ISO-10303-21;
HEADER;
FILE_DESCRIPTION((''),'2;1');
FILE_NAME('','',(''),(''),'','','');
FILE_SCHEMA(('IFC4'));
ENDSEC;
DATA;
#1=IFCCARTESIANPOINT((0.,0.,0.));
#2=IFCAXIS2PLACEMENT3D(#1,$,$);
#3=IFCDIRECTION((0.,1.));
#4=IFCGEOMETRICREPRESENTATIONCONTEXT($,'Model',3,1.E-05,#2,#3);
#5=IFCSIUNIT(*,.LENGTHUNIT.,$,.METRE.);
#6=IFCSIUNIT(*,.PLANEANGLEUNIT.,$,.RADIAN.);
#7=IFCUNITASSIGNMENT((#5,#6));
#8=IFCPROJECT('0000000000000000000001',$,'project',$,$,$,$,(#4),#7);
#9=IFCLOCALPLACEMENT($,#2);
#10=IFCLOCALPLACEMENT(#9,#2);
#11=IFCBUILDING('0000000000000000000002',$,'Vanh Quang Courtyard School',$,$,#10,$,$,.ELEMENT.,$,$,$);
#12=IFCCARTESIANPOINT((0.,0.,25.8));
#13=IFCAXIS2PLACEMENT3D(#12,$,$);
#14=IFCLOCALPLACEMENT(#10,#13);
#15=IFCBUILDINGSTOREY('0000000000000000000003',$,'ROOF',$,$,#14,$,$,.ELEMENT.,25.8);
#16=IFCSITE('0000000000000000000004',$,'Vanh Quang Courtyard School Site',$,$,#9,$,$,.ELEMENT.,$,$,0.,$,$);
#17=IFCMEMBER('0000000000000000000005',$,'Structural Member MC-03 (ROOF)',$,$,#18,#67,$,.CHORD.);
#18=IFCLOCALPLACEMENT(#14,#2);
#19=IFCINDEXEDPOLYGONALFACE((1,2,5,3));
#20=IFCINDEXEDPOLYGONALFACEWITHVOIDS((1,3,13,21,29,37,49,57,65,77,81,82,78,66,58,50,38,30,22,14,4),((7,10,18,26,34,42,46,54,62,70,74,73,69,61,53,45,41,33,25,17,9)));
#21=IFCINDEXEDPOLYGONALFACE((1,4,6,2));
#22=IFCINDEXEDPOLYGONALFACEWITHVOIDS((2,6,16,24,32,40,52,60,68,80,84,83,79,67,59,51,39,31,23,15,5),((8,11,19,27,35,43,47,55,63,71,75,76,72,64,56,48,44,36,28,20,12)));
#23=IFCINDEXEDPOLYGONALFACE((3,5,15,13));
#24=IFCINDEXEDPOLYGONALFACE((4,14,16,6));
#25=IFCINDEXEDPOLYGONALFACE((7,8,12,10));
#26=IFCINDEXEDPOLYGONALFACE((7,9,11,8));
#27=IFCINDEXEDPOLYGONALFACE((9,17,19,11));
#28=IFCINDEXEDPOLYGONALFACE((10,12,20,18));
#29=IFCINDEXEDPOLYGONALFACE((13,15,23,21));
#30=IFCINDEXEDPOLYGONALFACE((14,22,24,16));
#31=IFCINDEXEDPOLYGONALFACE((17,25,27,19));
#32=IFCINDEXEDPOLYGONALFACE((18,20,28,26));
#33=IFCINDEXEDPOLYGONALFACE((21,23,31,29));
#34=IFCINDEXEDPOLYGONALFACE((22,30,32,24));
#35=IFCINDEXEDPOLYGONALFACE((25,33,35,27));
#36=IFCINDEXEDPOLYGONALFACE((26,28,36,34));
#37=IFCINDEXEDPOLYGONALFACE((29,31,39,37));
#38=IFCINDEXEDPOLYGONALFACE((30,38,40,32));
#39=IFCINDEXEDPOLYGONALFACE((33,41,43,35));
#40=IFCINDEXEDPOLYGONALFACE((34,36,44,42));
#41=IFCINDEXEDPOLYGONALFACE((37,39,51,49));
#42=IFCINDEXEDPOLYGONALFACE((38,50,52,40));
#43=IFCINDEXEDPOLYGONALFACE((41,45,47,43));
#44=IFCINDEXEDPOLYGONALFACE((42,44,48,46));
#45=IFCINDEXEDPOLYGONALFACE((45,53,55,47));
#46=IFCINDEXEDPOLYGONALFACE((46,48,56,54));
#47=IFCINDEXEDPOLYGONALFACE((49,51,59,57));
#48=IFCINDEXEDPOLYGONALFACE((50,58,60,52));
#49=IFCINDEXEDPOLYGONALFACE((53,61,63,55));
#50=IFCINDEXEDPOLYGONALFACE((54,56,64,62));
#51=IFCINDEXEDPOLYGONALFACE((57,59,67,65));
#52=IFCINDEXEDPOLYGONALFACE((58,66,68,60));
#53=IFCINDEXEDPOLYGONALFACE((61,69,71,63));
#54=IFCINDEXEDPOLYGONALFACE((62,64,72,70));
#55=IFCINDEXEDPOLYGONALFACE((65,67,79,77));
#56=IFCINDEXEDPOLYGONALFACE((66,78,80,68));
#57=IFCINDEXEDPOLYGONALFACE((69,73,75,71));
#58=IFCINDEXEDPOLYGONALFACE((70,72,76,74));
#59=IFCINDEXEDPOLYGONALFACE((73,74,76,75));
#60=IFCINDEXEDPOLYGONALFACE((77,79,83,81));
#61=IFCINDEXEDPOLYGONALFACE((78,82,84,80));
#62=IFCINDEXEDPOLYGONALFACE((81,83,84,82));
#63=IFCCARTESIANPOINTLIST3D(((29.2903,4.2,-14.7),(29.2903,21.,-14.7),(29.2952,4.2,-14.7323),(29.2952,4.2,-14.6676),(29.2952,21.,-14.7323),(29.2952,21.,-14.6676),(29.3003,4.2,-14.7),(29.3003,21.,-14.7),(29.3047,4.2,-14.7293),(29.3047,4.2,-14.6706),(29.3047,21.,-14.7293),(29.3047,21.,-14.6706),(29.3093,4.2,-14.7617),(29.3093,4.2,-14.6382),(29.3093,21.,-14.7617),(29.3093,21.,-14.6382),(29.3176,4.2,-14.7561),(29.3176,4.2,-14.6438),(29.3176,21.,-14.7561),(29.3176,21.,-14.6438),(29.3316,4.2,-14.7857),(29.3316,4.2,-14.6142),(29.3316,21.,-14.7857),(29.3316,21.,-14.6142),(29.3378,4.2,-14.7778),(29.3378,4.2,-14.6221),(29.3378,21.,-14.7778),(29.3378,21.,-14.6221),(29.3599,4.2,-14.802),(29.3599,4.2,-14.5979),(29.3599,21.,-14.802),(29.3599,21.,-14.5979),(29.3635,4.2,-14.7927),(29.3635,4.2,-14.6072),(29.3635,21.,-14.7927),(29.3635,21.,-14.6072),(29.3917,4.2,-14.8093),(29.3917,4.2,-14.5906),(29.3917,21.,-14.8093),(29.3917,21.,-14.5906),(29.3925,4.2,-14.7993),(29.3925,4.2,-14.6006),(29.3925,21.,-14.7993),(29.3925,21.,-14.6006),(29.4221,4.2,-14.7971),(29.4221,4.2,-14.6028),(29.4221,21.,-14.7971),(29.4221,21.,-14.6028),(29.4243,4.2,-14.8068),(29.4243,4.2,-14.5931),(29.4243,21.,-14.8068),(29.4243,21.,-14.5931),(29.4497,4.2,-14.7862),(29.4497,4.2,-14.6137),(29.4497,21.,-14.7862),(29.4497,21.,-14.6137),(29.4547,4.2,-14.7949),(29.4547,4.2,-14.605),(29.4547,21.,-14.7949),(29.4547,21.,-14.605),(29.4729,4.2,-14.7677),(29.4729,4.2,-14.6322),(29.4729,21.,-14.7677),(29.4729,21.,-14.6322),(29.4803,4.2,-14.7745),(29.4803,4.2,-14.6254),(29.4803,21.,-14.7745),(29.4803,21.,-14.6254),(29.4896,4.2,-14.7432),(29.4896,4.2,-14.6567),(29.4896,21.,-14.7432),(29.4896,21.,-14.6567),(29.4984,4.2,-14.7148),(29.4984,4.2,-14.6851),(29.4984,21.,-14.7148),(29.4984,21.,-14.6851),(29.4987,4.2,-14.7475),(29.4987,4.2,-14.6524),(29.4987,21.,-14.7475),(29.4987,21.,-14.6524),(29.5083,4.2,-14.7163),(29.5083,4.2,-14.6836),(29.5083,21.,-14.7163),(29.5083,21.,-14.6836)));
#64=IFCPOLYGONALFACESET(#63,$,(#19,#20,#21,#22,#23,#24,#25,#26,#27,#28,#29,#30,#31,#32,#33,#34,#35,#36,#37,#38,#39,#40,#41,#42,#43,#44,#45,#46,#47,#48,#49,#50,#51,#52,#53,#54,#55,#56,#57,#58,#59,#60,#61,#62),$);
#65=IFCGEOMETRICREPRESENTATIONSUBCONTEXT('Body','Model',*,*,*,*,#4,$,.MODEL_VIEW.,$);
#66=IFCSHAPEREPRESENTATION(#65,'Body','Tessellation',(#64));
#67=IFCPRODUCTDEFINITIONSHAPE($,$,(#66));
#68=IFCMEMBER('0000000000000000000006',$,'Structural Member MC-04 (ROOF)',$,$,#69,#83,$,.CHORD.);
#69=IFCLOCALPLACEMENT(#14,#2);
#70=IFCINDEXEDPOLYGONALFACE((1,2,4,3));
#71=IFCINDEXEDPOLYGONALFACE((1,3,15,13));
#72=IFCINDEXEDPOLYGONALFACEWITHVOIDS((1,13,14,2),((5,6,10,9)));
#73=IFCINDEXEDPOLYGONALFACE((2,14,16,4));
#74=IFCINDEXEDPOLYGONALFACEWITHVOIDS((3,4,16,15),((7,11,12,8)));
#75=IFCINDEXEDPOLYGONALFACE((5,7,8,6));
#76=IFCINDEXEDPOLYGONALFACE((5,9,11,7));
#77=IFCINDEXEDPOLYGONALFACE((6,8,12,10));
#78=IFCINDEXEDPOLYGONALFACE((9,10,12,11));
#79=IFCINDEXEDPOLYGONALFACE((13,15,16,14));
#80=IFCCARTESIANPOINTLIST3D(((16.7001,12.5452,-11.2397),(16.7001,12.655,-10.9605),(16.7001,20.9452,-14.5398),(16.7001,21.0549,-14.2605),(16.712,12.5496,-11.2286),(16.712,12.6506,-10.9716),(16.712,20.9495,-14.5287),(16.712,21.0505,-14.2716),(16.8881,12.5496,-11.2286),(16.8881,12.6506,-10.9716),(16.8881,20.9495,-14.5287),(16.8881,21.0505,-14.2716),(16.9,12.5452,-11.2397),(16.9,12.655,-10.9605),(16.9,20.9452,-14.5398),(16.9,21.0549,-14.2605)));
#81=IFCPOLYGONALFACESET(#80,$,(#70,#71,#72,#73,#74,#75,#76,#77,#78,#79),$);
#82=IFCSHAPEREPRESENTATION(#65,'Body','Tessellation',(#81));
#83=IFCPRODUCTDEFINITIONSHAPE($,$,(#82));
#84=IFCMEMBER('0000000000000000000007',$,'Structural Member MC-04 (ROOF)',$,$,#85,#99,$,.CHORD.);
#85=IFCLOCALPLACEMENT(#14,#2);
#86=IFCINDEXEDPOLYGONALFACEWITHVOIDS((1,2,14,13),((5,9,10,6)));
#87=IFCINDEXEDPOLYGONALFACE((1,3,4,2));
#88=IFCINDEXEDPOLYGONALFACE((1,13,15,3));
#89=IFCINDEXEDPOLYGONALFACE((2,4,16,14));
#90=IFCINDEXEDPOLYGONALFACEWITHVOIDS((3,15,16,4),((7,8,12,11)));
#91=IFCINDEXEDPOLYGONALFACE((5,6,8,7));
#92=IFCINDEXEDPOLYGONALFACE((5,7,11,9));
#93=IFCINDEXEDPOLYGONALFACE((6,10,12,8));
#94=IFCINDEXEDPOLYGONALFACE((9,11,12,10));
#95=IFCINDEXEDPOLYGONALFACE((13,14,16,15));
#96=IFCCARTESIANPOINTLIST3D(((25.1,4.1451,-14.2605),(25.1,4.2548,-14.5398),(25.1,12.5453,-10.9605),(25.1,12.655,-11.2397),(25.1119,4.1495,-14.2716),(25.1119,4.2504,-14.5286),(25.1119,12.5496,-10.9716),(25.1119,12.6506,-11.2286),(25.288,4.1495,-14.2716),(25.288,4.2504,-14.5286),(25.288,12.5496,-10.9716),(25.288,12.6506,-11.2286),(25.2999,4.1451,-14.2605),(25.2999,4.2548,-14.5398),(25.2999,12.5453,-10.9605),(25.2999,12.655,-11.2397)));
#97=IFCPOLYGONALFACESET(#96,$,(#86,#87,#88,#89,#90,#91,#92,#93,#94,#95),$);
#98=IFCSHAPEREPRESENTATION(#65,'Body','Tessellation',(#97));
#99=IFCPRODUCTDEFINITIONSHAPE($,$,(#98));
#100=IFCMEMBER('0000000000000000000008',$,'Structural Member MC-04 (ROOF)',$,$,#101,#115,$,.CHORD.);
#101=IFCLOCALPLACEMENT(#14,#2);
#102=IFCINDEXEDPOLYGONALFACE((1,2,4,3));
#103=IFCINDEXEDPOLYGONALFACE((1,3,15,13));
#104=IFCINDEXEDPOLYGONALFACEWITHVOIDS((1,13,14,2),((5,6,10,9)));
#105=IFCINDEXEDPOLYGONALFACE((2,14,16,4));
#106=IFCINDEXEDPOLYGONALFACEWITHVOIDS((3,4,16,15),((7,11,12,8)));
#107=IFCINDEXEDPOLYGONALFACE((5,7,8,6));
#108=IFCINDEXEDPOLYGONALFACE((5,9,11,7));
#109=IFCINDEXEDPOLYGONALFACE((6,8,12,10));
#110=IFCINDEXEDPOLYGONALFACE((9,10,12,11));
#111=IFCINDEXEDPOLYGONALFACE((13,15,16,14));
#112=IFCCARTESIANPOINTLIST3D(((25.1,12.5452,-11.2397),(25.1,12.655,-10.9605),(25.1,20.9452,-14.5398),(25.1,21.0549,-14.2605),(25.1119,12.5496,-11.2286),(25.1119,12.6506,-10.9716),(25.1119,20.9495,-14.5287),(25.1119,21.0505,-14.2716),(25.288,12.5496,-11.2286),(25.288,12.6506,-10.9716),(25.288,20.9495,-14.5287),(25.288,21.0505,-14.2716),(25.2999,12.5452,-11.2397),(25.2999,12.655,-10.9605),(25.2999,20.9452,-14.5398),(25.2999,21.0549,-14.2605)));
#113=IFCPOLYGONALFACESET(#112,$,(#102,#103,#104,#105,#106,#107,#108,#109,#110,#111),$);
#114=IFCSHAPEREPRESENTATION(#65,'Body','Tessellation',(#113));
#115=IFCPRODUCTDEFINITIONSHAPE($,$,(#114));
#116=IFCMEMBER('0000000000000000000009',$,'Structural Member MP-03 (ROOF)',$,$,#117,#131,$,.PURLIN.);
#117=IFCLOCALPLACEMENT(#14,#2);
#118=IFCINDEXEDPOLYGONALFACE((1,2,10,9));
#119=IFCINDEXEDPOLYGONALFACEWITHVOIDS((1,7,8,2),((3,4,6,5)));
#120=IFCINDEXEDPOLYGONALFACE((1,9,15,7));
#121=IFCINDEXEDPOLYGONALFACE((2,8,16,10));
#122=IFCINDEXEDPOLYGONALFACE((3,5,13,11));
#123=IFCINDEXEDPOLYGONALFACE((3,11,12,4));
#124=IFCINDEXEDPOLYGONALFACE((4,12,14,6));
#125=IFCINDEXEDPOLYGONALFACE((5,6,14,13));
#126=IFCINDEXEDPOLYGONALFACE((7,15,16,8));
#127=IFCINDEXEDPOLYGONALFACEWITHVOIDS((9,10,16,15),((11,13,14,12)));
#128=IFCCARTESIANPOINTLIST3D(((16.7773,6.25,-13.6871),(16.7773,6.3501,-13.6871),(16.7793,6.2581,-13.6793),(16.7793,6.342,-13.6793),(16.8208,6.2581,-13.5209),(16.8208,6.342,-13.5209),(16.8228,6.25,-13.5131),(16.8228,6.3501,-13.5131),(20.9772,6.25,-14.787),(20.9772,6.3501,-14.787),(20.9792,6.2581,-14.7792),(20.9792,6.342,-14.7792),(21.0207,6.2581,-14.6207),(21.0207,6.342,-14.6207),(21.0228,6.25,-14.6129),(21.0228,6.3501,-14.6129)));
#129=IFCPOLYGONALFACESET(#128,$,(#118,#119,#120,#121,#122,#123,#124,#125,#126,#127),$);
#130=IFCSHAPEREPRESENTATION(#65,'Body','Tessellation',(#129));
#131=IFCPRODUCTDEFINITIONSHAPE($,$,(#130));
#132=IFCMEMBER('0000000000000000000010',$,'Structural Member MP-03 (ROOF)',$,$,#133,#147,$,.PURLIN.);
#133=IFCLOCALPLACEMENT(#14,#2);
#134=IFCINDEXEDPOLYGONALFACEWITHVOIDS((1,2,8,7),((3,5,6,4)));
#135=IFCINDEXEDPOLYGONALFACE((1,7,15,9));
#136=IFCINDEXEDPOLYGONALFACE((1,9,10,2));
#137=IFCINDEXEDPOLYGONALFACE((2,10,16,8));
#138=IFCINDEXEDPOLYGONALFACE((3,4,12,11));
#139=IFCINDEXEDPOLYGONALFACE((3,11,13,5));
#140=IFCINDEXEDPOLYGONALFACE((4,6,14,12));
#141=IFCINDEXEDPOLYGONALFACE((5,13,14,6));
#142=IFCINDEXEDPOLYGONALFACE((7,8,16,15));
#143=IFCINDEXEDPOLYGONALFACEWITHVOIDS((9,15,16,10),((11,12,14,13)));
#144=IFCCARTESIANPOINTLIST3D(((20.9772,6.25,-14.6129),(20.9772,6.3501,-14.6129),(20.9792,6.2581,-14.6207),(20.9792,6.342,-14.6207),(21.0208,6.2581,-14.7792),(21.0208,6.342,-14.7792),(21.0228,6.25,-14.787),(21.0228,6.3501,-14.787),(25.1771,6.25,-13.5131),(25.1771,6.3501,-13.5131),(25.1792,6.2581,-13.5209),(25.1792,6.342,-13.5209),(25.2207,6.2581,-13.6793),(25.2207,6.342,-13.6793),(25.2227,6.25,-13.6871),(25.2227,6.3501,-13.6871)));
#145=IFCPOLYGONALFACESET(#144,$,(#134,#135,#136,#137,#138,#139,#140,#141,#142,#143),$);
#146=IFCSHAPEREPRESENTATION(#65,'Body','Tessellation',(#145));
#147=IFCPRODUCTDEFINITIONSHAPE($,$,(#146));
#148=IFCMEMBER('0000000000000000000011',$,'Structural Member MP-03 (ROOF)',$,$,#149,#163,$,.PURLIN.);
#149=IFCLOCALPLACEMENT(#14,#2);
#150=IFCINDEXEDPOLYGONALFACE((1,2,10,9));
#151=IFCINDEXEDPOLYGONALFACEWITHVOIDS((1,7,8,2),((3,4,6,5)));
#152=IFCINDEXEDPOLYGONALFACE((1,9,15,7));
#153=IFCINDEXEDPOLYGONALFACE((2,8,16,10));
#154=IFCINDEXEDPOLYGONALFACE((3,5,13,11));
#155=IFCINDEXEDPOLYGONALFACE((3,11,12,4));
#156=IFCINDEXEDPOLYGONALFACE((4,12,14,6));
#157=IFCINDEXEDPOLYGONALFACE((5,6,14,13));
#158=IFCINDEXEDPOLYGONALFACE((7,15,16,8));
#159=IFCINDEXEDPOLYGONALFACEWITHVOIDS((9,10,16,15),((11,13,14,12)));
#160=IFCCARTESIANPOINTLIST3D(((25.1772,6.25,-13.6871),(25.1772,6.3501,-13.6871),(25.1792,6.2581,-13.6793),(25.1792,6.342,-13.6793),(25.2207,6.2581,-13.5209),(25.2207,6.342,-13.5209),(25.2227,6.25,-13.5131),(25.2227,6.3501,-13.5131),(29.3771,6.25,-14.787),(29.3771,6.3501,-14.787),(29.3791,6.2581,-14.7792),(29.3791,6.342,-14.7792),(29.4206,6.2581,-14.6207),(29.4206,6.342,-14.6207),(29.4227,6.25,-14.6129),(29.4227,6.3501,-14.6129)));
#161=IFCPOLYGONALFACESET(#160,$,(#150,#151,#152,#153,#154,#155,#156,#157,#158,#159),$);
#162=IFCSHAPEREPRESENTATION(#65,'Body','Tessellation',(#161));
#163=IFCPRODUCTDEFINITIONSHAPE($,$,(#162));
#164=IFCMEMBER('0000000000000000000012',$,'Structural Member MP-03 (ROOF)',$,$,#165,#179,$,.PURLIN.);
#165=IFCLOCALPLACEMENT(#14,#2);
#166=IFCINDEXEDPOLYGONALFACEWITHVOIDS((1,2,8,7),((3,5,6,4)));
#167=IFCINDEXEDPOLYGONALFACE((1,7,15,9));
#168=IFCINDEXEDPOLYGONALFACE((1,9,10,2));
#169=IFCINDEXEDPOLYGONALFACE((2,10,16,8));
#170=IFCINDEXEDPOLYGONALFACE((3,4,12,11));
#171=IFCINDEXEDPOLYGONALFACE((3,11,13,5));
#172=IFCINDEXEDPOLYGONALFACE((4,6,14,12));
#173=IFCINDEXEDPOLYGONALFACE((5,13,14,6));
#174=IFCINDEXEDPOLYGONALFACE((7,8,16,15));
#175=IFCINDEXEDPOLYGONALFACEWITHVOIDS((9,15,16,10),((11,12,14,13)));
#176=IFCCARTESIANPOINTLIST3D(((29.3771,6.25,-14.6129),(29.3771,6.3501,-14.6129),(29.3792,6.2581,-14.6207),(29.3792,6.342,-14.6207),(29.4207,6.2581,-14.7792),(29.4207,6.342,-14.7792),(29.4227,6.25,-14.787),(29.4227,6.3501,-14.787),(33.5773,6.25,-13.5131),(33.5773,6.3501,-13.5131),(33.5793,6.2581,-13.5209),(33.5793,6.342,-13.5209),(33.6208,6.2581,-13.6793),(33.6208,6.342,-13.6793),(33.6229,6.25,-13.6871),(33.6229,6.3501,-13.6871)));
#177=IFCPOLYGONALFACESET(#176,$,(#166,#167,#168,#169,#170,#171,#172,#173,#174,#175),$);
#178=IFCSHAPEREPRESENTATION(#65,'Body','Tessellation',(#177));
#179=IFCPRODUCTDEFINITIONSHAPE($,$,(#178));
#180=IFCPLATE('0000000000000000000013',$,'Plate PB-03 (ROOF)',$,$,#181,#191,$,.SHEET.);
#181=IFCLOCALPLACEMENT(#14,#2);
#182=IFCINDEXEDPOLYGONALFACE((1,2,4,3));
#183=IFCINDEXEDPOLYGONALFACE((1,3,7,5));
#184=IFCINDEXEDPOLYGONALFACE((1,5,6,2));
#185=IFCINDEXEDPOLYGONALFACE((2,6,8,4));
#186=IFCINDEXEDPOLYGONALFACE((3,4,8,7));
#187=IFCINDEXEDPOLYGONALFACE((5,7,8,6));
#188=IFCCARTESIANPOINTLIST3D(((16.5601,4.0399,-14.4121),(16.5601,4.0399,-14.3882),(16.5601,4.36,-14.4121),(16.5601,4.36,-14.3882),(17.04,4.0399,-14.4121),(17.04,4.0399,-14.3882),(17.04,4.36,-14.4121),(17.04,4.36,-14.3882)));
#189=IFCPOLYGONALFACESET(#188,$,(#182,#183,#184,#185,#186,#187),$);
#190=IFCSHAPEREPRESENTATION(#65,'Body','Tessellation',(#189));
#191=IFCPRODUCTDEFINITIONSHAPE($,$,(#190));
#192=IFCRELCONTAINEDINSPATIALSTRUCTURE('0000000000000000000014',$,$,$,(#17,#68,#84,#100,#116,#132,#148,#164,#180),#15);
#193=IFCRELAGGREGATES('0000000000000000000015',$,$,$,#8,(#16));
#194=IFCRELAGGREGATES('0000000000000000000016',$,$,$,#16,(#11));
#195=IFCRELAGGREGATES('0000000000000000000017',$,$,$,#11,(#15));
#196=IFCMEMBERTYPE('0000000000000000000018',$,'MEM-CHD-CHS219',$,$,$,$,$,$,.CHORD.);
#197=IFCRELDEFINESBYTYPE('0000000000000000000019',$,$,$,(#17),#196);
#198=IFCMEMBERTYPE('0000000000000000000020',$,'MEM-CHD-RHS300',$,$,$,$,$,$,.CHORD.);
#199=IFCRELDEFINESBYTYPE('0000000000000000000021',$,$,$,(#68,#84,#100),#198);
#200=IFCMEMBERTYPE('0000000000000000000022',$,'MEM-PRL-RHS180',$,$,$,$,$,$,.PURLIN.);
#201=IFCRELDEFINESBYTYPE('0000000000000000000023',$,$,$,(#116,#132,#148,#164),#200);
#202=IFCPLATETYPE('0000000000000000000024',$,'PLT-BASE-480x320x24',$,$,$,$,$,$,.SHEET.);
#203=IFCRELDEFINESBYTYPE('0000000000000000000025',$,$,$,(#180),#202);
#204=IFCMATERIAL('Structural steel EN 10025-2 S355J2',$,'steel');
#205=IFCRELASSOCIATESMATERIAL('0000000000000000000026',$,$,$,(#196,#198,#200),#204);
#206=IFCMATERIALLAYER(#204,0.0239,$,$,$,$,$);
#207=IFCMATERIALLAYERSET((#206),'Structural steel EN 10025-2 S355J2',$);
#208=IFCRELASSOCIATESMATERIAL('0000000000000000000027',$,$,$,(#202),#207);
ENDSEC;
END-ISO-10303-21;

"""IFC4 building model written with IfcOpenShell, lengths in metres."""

from ifc_helpers import new_model, si_unit, direction, frame, origin, origin_2d, place, context, subcontext, project, spatial, rectangle, hollow_rectangle, hollow_circle, extrude, material, layer, layer_set, material_profile, profile_set, type_object, element, save


model = new_model("IFC4")

# Units and contexts
model_context = context("Model", 3, precision=1e-05, world=origin(), true_north=direction((0.0, 1.0)))
body_context = subcontext(model_context, "Body", "Model", "MODEL_VIEW")
ifc_project = project(units=[si_unit("LENGTHUNIT", "METRE"), si_unit("PLANEANGLEUNIT", "RADIAN")], contexts=[model_context])

# Site, building, storey
site_placement = place(None, origin())
site = spatial("IfcSite", under=ifc_project, at=site_placement, Name="Vanh Quang Courtyard School Site", CompositionType="ELEMENT", RefElevation=0.0)
building_placement = place(site_placement, origin())
building = spatial("IfcBuilding", under=site, at=building_placement, Name="Vanh Quang Courtyard School", CompositionType="ELEMENT")
storey_placement = place(building_placement, frame((0.0, 0.0, 25.8)))
storey = spatial("IfcBuildingStorey", under=building, at=storey_placement, Name="ROOF", CompositionType="ELEMENT", Elevation=25.8)

# Members
ifc_material_1 = material(Name="Structural steel EN 10025-2 S355J2", Category="steel")
ifc_material_profile_1 = material_profile(ifc_material_1, hollow_circle(Radius=0.1096, WallThickness=0.01, at=origin_2d()), Name="CHS 219.1x10")
ifc_profile_set_1 = profile_set([ifc_material_profile_1], Name="Structural steel EN 10025-2 S355J2")
member_type_1 = type_object("IfcMemberType", Name="MEM-CHD-CHS219", PredefinedType="CHORD", material=ifc_profile_set_1)
for number, where, z_axis, x_axis, name in (
    (1, (29.3999, 4.2, -14.7), (0.0, 1.0, 0.0), (-1.0, 0.0, 0.0), "Structural Member MC-03 (ROOF)"),
):
    element("IfcMember", number, at=place(storey_placement, frame(where, z_axis=z_axis, x_axis=x_axis)), inside=storey, type_object=member_type_1, Name=name, PredefinedType="CHORD", context=body_context, shape_type="SweptSolid", body=[
        extrude(hollow_circle(Radius=0.1096, WallThickness=0.01, at=origin_2d()), origin(), (0.0, 0.0, 1.0), 16.8),
    ])
ifc_material_profile_2 = material_profile(ifc_material_1, hollow_rectangle(XDim=0.2, YDim=0.3, WallThickness=0.012, at=origin_2d()), Name="RHS 300x200x12")
ifc_profile_set_2 = profile_set([ifc_material_profile_2], Name="Structural steel EN 10025-2 S355J2")
member_type_2 = type_object("IfcMemberType", Name="MEM-CHD-RHS300", PredefinedType="CHORD", material=ifc_profile_set_2)
member_1_placement = place(storey_placement, frame((16.8, 12.6001, -11.1001), z_axis=(0.0, 0.930748, -0.365661), x_axis=(-1.0, 0.0, 0.0)))
element("IfcMember", 2, at=member_1_placement, inside=storey, type_object=member_type_2, Name="Structural Member MC-04 (ROOF)", PredefinedType="CHORD", context=body_context, shape_type="SweptSolid", body=[
    extrude(hollow_rectangle(XDim=0.2, YDim=0.3, WallThickness=0.012, at=origin_2d()), origin(), (0.0, 0.0, 1.0), 9.0249),
])
member_2_placement = place(storey_placement, frame((25.2, 4.2, -14.4001), z_axis=(0.0, 0.930752, 0.365652), x_axis=(-1.0, 0.0, 0.0)))
element("IfcMember", 3, at=member_2_placement, inside=storey, type_object=member_type_2, Name="Structural Member MC-04 (ROOF)", PredefinedType="CHORD", context=body_context, shape_type="SweptSolid", body=[
    extrude(hollow_rectangle(XDim=0.2, YDim=0.3, WallThickness=0.012, at=origin_2d()), origin(), (0.0, 0.0, 1.0), 9.0251),
])
member_3_placement = place(storey_placement, frame((25.2, 12.6001, -11.1001), z_axis=(0.0, 0.930748, -0.365661), x_axis=(-1.0, 0.0, 0.0)))
element("IfcMember", 4, at=member_3_placement, inside=storey, type_object=member_type_2, Name="Structural Member MC-04 (ROOF)", PredefinedType="CHORD", context=body_context, shape_type="SweptSolid", body=[
    extrude(hollow_rectangle(XDim=0.2, YDim=0.3, WallThickness=0.012, at=origin_2d()), origin(), (0.0, 0.0, 1.0), 9.0249),
])
ifc_material_profile_3 = material_profile(ifc_material_1, hollow_rectangle(XDim=0.1001, YDim=0.1799, WallThickness=0.0081, at=origin_2d()), Name="RHS 180x100x8")
ifc_profile_set_3 = profile_set([ifc_material_profile_3], Name="Structural steel EN 10025-2 S355J2")
member_type_3 = type_object("IfcMemberType", Name="MEM-PRL-RHS180", PredefinedType="PURLIN", material=ifc_profile_set_3)
for number, where, z_axis, x_axis, name in (
    (5, (16.8, 6.3, -13.6001), (0.96738, 0.0, -0.253331), (0.0, 1.0, 0.0), "Structural Member MP-03 (ROOF)"),
    (6, (21.0, 6.3, -14.7), (0.96738, 0.0, 0.253331), (0.0, 1.0, 0.0), "Structural Member MP-03 (ROOF)"),
    (7, (25.2, 6.3, -13.6001), (0.96738, 0.0, -0.253331), (0.0, 1.0, 0.0), "Structural Member MP-03 (ROOF)"),
):
    element("IfcMember", number, at=place(storey_placement, frame(where, z_axis=z_axis, x_axis=x_axis)), inside=storey, type_object=member_type_3, Name=name, PredefinedType="PURLIN", context=body_context, shape_type="SweptSolid", body=[
        extrude(hollow_rectangle(XDim=0.1001, YDim=0.1799, WallThickness=0.0081, at=origin_2d()), origin(), (0.0, 0.0, 1.0), 4.3416),
    ])
member_4_placement = place(storey_placement, frame((29.3999, 6.3, -14.7), z_axis=(0.967383, 0.0, 0.253317), x_axis=(0.0, 1.0, 0.0)))
element("IfcMember", 8, at=member_4_placement, inside=storey, type_object=member_type_3, Name="Structural Member MP-03 (ROOF)", PredefinedType="PURLIN", context=body_context, shape_type="SweptSolid", body=[
    extrude(hollow_rectangle(XDim=0.1001, YDim=0.1799, WallThickness=0.0081, at=origin_2d()), origin(), (0.0, 0.0, 1.0), 4.3418),
])

# Plate
ifc_layer_1 = layer(ifc_material_1, 0.0239)
ifc_layer_set_1 = layer_set([ifc_layer_1], Name="Structural steel EN 10025-2 S355J2")
plate_type_1 = type_object("IfcPlateType", Name="PLT-BASE-480x320x24", PredefinedType="SHEET", material=ifc_layer_set_1)
for number, where, z_axis, x_axis, name in (
    (9, (16.8, 4.2, -14.4121), (0.0, 0.0, 1.0), (1.0, 0.0, 0.0), "Plate PB-03 (ROOF)"),
):
    element("IfcPlate", number, at=place(storey_placement, frame(where, z_axis=z_axis, x_axis=x_axis)), inside=storey, type_object=plate_type_1, Name=name, PredefinedType="SHEET", context=body_context, shape_type="SweptSolid", body=[
        extrude(rectangle(XDim=0.48, YDim=0.3201, at=origin_2d()), origin(), (0.0, 0.0, 1.0), 0.0239),
    ])

save(model, "model.ifc")
